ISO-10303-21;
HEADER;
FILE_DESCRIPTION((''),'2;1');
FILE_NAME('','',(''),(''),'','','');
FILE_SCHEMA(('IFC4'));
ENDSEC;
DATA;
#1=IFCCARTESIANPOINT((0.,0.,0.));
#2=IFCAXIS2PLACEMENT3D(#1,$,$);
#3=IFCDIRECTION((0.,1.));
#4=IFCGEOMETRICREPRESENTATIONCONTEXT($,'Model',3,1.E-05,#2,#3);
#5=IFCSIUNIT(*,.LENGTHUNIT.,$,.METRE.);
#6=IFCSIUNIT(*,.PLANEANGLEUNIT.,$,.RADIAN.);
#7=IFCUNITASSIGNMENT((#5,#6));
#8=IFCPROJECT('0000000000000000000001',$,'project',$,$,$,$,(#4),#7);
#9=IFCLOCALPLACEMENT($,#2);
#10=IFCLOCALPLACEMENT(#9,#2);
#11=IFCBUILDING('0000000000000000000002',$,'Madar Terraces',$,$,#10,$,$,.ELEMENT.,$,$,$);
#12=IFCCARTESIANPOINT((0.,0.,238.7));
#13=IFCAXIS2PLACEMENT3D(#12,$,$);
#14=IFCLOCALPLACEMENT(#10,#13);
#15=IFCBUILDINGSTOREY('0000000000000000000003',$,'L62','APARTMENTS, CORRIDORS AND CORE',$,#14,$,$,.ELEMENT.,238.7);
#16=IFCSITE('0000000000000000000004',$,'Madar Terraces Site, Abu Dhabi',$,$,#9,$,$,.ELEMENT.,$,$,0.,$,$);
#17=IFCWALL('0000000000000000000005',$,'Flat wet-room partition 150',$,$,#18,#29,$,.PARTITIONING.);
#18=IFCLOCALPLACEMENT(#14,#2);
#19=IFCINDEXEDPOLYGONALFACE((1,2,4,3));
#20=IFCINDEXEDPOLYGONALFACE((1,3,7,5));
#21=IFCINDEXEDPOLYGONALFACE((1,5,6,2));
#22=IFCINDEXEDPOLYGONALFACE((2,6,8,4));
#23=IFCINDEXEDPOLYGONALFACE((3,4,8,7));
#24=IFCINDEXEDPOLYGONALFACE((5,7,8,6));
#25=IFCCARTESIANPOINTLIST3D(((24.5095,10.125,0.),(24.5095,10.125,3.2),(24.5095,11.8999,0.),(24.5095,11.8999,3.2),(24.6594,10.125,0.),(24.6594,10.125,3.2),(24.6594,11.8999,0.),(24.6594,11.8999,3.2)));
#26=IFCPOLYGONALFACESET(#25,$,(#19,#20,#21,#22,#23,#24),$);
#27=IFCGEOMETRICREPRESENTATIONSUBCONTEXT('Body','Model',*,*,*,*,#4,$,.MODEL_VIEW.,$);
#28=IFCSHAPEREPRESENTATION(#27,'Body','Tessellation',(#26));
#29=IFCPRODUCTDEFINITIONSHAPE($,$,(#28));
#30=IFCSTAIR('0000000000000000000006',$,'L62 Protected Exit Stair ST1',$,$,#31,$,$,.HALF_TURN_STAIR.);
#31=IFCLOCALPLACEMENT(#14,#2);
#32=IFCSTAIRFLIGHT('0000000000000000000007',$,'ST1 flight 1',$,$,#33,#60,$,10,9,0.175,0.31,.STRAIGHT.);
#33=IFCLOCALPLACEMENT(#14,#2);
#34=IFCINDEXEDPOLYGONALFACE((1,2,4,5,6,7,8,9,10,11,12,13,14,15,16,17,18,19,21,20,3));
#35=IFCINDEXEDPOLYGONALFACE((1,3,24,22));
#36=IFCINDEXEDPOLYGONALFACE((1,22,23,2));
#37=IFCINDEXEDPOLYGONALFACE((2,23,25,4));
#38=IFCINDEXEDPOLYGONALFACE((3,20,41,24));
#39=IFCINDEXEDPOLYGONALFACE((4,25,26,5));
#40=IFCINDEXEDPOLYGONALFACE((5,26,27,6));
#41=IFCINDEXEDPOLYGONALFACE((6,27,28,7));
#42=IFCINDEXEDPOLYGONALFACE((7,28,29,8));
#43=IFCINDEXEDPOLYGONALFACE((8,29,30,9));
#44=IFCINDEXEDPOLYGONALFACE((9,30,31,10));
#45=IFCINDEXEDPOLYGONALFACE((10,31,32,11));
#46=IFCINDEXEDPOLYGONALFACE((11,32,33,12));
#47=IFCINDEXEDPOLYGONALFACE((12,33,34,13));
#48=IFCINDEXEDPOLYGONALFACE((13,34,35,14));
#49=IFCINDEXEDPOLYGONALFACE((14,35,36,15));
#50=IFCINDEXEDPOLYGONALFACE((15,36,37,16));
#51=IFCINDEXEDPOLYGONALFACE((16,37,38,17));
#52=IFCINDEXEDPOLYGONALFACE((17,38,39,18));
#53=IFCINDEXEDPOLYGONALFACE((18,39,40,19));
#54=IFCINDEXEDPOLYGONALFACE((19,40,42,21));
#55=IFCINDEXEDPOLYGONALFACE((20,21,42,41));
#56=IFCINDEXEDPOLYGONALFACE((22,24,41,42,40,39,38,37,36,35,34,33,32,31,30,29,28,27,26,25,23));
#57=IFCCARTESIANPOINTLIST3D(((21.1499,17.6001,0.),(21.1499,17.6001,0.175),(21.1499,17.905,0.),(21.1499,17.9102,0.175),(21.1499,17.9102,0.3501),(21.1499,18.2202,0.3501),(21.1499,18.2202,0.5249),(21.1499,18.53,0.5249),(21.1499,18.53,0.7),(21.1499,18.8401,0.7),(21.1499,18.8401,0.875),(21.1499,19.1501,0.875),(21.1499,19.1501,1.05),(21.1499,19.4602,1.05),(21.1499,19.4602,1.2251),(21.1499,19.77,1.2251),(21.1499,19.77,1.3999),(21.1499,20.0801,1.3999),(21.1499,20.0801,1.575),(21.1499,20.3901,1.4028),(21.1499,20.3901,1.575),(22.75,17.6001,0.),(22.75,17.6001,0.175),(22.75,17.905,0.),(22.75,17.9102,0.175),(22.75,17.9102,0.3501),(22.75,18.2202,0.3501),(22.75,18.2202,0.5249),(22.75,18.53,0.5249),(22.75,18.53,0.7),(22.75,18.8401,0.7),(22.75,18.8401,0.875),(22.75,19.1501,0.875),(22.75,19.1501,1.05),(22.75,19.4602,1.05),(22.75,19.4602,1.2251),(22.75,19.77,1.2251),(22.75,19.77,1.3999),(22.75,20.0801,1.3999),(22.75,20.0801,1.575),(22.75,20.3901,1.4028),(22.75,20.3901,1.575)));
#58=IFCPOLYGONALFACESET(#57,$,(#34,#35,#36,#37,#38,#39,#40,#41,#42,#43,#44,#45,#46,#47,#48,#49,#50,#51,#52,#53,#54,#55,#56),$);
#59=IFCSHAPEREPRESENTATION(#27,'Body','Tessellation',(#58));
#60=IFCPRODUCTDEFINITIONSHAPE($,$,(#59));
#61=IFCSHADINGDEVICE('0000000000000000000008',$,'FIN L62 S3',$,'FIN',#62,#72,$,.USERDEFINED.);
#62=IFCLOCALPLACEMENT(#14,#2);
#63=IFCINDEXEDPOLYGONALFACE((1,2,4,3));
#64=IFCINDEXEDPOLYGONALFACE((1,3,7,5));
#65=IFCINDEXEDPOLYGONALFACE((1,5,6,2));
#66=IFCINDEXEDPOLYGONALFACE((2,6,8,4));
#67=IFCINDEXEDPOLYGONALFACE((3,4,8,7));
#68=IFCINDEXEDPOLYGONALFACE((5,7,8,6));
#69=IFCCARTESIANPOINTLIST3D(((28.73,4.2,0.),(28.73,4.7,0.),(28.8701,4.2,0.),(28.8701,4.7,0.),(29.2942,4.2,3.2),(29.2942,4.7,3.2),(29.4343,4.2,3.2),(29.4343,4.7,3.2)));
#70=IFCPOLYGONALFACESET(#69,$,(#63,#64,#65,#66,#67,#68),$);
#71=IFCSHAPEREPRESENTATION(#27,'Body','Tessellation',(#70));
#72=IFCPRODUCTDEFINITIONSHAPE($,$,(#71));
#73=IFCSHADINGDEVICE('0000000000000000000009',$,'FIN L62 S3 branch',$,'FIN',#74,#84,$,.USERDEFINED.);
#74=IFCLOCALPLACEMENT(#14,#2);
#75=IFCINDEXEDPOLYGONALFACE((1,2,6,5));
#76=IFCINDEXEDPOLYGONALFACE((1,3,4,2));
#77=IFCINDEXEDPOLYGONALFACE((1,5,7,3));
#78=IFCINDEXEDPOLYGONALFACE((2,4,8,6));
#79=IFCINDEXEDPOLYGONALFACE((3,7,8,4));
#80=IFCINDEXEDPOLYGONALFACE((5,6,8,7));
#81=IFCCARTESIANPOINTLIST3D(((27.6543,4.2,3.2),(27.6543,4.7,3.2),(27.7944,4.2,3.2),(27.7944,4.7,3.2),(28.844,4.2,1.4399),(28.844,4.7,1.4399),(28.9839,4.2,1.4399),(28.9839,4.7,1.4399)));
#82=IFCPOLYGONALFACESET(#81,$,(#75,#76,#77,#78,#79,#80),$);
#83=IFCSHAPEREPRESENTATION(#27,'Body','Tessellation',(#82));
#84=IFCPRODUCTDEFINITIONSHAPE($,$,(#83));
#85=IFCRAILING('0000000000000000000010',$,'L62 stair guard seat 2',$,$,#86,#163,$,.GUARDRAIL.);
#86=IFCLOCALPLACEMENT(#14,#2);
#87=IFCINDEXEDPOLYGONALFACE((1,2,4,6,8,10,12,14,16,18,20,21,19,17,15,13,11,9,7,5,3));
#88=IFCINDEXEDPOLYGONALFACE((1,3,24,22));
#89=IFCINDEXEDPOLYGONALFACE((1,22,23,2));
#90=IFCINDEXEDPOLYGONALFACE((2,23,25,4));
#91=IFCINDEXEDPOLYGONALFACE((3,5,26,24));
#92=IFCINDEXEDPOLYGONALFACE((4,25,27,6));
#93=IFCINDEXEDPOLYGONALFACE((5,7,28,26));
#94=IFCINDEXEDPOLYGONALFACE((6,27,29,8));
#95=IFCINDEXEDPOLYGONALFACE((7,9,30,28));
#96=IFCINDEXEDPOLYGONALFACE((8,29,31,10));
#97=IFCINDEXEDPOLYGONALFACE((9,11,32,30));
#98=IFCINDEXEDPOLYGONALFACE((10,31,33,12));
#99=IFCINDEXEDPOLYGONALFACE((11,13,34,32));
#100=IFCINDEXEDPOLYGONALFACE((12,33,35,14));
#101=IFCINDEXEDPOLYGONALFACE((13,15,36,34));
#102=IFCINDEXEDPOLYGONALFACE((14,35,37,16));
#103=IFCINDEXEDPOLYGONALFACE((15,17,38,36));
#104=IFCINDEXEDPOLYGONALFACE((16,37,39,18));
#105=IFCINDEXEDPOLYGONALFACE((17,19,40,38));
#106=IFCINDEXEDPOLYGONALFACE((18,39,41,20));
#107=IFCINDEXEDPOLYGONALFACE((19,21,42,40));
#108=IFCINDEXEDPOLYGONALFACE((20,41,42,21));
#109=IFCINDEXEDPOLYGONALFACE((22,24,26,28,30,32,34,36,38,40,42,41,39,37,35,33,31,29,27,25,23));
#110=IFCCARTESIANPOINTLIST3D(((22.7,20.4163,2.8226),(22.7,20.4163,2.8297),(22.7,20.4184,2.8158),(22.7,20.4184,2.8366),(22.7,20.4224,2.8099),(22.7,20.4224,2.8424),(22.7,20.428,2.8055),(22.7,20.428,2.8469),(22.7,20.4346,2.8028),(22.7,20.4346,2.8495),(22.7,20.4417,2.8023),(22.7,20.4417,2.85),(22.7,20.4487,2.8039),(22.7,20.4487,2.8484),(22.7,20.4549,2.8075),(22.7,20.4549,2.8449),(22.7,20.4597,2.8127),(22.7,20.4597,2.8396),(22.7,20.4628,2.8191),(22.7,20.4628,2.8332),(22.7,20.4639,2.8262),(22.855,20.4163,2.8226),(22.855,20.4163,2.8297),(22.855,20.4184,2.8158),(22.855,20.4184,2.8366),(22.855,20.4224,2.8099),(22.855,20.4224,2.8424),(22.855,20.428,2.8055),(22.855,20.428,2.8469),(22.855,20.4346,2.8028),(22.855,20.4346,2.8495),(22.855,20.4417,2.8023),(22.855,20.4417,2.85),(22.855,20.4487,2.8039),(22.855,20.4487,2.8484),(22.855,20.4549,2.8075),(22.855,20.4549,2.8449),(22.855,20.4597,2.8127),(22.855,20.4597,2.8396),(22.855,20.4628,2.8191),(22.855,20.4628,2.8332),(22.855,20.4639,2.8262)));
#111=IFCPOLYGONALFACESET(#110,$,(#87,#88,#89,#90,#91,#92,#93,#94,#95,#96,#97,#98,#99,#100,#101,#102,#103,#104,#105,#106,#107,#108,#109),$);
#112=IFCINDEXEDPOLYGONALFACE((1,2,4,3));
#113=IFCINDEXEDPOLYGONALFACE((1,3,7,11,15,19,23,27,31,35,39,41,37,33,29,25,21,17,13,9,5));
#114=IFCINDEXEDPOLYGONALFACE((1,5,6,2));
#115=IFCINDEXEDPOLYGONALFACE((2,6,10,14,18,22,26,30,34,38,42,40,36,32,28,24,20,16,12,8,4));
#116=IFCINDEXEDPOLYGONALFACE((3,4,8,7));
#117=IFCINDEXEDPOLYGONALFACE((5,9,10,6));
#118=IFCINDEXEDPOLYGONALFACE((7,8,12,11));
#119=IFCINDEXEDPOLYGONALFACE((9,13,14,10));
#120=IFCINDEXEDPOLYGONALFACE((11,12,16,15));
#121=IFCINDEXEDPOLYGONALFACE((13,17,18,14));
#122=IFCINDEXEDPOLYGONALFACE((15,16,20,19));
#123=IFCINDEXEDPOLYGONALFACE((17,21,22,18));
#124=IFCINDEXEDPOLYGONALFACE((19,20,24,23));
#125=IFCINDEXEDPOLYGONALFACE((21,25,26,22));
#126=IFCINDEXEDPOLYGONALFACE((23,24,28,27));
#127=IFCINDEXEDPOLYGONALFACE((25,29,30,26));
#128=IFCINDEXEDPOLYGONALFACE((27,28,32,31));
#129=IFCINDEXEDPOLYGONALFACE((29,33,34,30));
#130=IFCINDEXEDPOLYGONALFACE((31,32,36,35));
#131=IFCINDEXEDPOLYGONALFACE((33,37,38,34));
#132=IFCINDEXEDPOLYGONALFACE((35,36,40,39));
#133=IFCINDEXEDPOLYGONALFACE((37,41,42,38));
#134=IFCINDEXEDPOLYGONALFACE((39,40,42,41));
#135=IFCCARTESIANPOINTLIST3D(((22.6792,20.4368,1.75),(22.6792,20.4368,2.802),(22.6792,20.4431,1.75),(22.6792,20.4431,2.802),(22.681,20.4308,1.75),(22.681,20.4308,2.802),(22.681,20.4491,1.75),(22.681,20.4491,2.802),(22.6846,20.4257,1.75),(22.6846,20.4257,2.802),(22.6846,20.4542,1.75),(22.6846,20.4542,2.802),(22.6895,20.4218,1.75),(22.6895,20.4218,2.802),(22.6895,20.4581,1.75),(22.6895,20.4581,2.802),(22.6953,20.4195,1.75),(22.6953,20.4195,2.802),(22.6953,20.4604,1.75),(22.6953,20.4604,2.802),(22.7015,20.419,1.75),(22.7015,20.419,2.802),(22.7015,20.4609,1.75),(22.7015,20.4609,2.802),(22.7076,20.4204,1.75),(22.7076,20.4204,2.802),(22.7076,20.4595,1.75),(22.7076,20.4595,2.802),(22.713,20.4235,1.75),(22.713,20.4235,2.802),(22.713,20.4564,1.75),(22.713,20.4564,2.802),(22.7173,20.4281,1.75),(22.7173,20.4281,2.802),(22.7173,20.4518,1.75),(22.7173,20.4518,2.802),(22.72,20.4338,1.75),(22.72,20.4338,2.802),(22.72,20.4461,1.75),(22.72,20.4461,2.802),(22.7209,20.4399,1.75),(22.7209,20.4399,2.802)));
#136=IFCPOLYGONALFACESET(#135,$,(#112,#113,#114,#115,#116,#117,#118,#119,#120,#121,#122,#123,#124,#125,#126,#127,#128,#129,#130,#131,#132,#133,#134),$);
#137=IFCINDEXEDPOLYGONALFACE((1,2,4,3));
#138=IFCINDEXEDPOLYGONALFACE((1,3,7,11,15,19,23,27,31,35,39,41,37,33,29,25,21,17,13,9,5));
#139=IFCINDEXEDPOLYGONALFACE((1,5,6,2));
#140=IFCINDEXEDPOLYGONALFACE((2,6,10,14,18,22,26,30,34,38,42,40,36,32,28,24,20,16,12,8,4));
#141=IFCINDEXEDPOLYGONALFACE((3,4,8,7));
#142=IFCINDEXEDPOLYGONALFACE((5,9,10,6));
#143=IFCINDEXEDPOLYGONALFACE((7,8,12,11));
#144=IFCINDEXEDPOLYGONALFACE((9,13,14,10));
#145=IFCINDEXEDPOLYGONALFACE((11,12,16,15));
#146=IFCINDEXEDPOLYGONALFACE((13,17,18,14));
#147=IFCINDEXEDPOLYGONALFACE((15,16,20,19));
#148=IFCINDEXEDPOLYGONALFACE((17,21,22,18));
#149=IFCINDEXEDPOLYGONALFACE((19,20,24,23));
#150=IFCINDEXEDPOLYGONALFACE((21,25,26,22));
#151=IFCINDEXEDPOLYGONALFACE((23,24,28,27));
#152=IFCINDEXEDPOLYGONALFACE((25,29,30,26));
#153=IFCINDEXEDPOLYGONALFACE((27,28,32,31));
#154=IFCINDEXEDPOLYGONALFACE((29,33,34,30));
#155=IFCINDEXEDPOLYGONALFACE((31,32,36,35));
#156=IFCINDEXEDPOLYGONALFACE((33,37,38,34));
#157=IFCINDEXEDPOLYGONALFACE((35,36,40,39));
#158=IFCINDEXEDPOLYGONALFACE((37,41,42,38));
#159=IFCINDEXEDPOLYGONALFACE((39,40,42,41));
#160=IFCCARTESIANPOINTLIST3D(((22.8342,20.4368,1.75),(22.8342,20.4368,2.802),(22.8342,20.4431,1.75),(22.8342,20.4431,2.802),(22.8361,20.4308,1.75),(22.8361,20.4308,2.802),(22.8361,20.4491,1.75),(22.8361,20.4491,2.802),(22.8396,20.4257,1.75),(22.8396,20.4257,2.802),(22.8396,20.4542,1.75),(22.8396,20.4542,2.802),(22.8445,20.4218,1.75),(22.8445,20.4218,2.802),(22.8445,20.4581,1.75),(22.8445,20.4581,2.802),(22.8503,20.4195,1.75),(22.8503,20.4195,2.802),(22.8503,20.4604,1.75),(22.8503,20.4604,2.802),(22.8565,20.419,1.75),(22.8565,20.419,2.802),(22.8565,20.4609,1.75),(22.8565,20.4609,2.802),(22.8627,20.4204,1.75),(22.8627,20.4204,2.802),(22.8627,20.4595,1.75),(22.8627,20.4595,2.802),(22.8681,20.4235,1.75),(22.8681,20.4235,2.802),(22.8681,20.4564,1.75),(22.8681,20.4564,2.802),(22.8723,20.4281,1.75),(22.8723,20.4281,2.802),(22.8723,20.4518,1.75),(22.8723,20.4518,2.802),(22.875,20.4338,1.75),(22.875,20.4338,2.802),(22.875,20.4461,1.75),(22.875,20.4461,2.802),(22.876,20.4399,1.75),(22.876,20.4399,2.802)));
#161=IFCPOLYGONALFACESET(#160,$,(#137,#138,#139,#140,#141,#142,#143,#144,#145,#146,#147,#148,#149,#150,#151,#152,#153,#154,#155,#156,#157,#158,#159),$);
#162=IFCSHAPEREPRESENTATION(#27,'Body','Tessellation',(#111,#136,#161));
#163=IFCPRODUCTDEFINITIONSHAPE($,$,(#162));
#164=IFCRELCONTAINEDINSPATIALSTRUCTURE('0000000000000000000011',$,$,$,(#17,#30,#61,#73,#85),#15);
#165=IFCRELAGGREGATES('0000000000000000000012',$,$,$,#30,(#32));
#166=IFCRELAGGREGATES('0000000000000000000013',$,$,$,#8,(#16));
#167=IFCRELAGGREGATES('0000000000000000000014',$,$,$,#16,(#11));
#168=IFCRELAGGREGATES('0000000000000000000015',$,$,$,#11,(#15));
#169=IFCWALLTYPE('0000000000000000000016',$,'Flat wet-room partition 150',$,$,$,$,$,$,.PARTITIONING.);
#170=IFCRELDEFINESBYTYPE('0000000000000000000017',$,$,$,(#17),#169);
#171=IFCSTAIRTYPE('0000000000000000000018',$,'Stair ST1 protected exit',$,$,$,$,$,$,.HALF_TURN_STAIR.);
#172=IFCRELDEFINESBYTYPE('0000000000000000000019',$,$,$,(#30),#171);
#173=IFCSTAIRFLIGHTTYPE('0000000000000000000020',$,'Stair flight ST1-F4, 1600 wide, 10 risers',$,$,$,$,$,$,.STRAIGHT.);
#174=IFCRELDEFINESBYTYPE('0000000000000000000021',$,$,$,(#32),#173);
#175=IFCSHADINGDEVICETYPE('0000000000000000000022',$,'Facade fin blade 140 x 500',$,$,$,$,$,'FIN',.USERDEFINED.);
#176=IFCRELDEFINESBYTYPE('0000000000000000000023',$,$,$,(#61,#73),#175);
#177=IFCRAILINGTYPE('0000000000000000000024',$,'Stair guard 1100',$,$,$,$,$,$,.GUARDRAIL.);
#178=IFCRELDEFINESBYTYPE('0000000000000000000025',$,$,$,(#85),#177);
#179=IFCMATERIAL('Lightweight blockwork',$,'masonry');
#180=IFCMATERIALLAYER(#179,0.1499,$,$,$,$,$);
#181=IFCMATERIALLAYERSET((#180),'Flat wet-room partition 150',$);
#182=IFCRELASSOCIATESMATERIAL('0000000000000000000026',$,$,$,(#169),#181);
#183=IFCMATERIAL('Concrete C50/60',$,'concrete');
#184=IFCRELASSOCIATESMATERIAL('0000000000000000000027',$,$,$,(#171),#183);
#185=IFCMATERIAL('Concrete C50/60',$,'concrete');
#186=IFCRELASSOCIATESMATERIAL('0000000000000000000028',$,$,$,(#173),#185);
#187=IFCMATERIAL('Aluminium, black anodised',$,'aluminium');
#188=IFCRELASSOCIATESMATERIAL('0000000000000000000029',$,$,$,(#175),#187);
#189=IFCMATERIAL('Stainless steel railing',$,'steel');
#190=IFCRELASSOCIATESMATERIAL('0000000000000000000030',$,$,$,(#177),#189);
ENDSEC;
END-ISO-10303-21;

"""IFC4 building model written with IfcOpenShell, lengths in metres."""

from ifc_helpers import new_model, si_unit, direction, frame, frame_2d, origin, origin_2d, place, context, subcontext, project, spatial, polyline, rectangle, circle, outline, extrude, material, layer, layer_set, type_object, element, aggregate, save


model = new_model("IFC4")

# Units and contexts
model_context = context("Model", 3, precision=1e-05, world=origin(), true_north=direction((0.0, 1.0)))
body_context = subcontext(model_context, "Body", "Model", "MODEL_VIEW")
ifc_project = project(units=[si_unit("LENGTHUNIT", "METRE"), si_unit("PLANEANGLEUNIT", "RADIAN")], contexts=[model_context])

# Site, building, storey
site_placement = place(None, origin())
site = spatial("IfcSite", under=ifc_project, at=site_placement, Name="Madar Terraces Site, Abu Dhabi", CompositionType="ELEMENT", RefElevation=0.0)
building_placement = place(site_placement, origin())
building = spatial("IfcBuilding", under=site, at=building_placement, Name="Madar Terraces", CompositionType="ELEMENT")
storey_placement = place(building_placement, frame((0.0, 0.0, 238.7)))
storey = spatial("IfcBuildingStorey", under=building, at=storey_placement, Name="L62", Description="APARTMENTS, CORRIDORS AND CORE", CompositionType="ELEMENT", Elevation=238.7)

# Wall
ifc_material_1 = material(Name="Lightweight blockwork", Category="masonry")
ifc_layer_1 = layer(ifc_material_1, 0.1499)
ifc_layer_set_1 = layer_set([ifc_layer_1], Name="Flat wet-room partition 150")
wall_type_1 = type_object("IfcWallType", Name="Flat wet-room partition 150", PredefinedType="PARTITIONING", material=ifc_layer_set_1)
wall_1_placement = place(storey_placement, frame((24.5845, 11.8999, 0.0), z_axis=(0.0, 0.0, 1.0), x_axis=(0.0, -1.0, 0.0)))
element("IfcWall", 1, at=wall_1_placement, inside=storey, type_object=wall_type_1, Name="Flat wet-room partition 150", PredefinedType="PARTITIONING", context=body_context, shape_type="SweptSolid", body=[
    extrude(rectangle(XDim=1.7749, YDim=0.1499, at=frame_2d((0.8875, 0.0))), origin(), (0.0, 0.0, 1.0), 3.2),
])

# Stair, stair flight
ifc_material_2 = material(Name="Concrete C50/60", Category="concrete")
stair_type = type_object("IfcStairType", Name="Stair ST1 protected exit", PredefinedType="HALF_TURN_STAIR", material=ifc_material_2)
stair_placement = place(storey_placement, origin())
stair = element("IfcStair", 2, at=stair_placement, inside=storey, type_object=stair_type, Name="L62 Protected Exit Stair ST1", PredefinedType="HALF_TURN_STAIR")
ifc_material_3 = material(Name="Concrete C50/60", Category="concrete")
stair_flight_type = type_object("IfcStairFlightType", Name="Stair flight ST1-F4, 1600 wide, 10 risers", PredefinedType="STRAIGHT", material=ifc_material_3)
stair_flight_placement = place(storey_placement, frame((21.95, 17.6001, 0.0), z_axis=(0.0, 0.0, 1.0), x_axis=(0.0, 1.0, 0.0)))
stair_flight = element("IfcStairFlight", 3, at=stair_flight_placement, type_object=stair_flight_type, Name="ST1 flight 1", NumberOfRisers=10, NumberOfTreads=9, PredefinedType="STRAIGHT", RiserHeight=0.175, TreadLength=0.31, context=body_context, shape_type="SweptSolid", body=[
    extrude(outline(polyline([(0.0, 0.0), (0.0, 0.175), (0.3101, 0.175), (0.3101, 0.3501), (0.6201, 0.3501), (0.6201, 0.5249), (0.9299, 0.5249), (0.9299, 0.7), (1.24, 0.7), (1.24, 0.875), (1.55, 0.875), (1.55, 1.05), (1.8601, 1.05), (1.8601, 1.2251), (2.1699, 1.2251), (2.1699, 1.3999), (2.48, 1.3999), (2.48, 1.575), (2.79, 1.575), (2.79, 1.75), (2.79, 1.4028), (0.3049, 0.0), (0.0, 0.0)])), frame((0.0, 0.8, 0.0), z_axis=(0.0, -1.0, 0.0), x_axis=(1.0, 0.0, 0.0)), (0.0, 0.0, 1.0), 1.6001),
])
aggregate(stair, [stair_flight])

# Shading devices
ifc_material_4 = material(Name="Aluminium, black anodised", Category="aluminium")
shading_device_type = type_object("IfcShadingDeviceType", Name="Facade fin blade 140 x 500", ElementType="FIN", PredefinedType="USERDEFINED", material=ifc_material_4)
shading_device_1_placement = place(storey_placement, frame((28.73, 4.45, 0.0), z_axis=(0.0, 0.0, 1.0), x_axis=(1.0, 0.0, 0.0)))
element("IfcShadingDevice", 4, at=shading_device_1_placement, inside=storey, type_object=shading_device_type, Name="FIN L62 S3", ObjectType="FIN", PredefinedType="USERDEFINED", context=body_context, shape_type="SweptSolid", body=[
    extrude(outline(polyline([(0.0, 0.0), (0.1401, 0.0), (0.7043, 3.2), (0.5642, 3.2), (0.0, 0.0)])), frame((0.0, 0.25, 0.0), z_axis=(0.0, -1.0, 0.0), x_axis=(1.0, 0.0, 0.0)), (0.0, 0.0, 1.0), 0.5),
])
shading_device_2_placement = place(storey_placement, frame((28.844, 4.45, 1.4399), z_axis=(0.0, 0.0, 1.0), x_axis=(1.0, 0.0, 0.0)))
element("IfcShadingDevice", 5, at=shading_device_2_placement, inside=storey, type_object=shading_device_type, Name="FIN L62 S3 branch", ObjectType="FIN", PredefinedType="USERDEFINED", context=body_context, shape_type="SweptSolid", body=[
    extrude(outline(polyline([(0.0, 0.0), (0.1399, 0.0), (-1.0496, 1.76), (-1.1897, 1.76), (0.0, 0.0)])), frame((0.0, 0.25, 0.0), z_axis=(0.0, -1.0, 0.0), x_axis=(1.0, 0.0, 0.0)), (0.0, 0.0, 1.0), 0.5),
])

# Railing
ifc_material_5 = material(Name="Stainless steel railing", Category="steel")
railing_type_1 = type_object("IfcRailingType", Name="Stair guard 1100", PredefinedType="GUARDRAIL", material=ifc_material_5)
for number, where, name in (
    (6, (22.7, 20.4399, 1.75), "L62 stair guard seat 2"),
):
    element("IfcRailing", number, at=place(storey_placement, frame(where)), inside=storey, type_object=railing_type_1, Name=name, PredefinedType="GUARDRAIL", context=body_context, shape_type="SweptSolid", body=[
        extrude(circle(Radius=0.0239, at=origin_2d()), frame((0.0, 0.0, 1.0762), z_axis=(1.0, 0.0, 0.0), x_axis=(0.0, 1.0, 0.0)), (0.0, 0.0, 1.0), 0.155),
        extrude(circle(Radius=0.021, at=origin_2d()), origin(), (0.0, 0.0, 1.0), 1.052),
        extrude(circle(Radius=0.021, at=origin_2d()), frame((0.155, 0.0, 0.0)), (0.0, 0.0, 1.0), 1.052),
    ])

save(model, "model.ifc")
